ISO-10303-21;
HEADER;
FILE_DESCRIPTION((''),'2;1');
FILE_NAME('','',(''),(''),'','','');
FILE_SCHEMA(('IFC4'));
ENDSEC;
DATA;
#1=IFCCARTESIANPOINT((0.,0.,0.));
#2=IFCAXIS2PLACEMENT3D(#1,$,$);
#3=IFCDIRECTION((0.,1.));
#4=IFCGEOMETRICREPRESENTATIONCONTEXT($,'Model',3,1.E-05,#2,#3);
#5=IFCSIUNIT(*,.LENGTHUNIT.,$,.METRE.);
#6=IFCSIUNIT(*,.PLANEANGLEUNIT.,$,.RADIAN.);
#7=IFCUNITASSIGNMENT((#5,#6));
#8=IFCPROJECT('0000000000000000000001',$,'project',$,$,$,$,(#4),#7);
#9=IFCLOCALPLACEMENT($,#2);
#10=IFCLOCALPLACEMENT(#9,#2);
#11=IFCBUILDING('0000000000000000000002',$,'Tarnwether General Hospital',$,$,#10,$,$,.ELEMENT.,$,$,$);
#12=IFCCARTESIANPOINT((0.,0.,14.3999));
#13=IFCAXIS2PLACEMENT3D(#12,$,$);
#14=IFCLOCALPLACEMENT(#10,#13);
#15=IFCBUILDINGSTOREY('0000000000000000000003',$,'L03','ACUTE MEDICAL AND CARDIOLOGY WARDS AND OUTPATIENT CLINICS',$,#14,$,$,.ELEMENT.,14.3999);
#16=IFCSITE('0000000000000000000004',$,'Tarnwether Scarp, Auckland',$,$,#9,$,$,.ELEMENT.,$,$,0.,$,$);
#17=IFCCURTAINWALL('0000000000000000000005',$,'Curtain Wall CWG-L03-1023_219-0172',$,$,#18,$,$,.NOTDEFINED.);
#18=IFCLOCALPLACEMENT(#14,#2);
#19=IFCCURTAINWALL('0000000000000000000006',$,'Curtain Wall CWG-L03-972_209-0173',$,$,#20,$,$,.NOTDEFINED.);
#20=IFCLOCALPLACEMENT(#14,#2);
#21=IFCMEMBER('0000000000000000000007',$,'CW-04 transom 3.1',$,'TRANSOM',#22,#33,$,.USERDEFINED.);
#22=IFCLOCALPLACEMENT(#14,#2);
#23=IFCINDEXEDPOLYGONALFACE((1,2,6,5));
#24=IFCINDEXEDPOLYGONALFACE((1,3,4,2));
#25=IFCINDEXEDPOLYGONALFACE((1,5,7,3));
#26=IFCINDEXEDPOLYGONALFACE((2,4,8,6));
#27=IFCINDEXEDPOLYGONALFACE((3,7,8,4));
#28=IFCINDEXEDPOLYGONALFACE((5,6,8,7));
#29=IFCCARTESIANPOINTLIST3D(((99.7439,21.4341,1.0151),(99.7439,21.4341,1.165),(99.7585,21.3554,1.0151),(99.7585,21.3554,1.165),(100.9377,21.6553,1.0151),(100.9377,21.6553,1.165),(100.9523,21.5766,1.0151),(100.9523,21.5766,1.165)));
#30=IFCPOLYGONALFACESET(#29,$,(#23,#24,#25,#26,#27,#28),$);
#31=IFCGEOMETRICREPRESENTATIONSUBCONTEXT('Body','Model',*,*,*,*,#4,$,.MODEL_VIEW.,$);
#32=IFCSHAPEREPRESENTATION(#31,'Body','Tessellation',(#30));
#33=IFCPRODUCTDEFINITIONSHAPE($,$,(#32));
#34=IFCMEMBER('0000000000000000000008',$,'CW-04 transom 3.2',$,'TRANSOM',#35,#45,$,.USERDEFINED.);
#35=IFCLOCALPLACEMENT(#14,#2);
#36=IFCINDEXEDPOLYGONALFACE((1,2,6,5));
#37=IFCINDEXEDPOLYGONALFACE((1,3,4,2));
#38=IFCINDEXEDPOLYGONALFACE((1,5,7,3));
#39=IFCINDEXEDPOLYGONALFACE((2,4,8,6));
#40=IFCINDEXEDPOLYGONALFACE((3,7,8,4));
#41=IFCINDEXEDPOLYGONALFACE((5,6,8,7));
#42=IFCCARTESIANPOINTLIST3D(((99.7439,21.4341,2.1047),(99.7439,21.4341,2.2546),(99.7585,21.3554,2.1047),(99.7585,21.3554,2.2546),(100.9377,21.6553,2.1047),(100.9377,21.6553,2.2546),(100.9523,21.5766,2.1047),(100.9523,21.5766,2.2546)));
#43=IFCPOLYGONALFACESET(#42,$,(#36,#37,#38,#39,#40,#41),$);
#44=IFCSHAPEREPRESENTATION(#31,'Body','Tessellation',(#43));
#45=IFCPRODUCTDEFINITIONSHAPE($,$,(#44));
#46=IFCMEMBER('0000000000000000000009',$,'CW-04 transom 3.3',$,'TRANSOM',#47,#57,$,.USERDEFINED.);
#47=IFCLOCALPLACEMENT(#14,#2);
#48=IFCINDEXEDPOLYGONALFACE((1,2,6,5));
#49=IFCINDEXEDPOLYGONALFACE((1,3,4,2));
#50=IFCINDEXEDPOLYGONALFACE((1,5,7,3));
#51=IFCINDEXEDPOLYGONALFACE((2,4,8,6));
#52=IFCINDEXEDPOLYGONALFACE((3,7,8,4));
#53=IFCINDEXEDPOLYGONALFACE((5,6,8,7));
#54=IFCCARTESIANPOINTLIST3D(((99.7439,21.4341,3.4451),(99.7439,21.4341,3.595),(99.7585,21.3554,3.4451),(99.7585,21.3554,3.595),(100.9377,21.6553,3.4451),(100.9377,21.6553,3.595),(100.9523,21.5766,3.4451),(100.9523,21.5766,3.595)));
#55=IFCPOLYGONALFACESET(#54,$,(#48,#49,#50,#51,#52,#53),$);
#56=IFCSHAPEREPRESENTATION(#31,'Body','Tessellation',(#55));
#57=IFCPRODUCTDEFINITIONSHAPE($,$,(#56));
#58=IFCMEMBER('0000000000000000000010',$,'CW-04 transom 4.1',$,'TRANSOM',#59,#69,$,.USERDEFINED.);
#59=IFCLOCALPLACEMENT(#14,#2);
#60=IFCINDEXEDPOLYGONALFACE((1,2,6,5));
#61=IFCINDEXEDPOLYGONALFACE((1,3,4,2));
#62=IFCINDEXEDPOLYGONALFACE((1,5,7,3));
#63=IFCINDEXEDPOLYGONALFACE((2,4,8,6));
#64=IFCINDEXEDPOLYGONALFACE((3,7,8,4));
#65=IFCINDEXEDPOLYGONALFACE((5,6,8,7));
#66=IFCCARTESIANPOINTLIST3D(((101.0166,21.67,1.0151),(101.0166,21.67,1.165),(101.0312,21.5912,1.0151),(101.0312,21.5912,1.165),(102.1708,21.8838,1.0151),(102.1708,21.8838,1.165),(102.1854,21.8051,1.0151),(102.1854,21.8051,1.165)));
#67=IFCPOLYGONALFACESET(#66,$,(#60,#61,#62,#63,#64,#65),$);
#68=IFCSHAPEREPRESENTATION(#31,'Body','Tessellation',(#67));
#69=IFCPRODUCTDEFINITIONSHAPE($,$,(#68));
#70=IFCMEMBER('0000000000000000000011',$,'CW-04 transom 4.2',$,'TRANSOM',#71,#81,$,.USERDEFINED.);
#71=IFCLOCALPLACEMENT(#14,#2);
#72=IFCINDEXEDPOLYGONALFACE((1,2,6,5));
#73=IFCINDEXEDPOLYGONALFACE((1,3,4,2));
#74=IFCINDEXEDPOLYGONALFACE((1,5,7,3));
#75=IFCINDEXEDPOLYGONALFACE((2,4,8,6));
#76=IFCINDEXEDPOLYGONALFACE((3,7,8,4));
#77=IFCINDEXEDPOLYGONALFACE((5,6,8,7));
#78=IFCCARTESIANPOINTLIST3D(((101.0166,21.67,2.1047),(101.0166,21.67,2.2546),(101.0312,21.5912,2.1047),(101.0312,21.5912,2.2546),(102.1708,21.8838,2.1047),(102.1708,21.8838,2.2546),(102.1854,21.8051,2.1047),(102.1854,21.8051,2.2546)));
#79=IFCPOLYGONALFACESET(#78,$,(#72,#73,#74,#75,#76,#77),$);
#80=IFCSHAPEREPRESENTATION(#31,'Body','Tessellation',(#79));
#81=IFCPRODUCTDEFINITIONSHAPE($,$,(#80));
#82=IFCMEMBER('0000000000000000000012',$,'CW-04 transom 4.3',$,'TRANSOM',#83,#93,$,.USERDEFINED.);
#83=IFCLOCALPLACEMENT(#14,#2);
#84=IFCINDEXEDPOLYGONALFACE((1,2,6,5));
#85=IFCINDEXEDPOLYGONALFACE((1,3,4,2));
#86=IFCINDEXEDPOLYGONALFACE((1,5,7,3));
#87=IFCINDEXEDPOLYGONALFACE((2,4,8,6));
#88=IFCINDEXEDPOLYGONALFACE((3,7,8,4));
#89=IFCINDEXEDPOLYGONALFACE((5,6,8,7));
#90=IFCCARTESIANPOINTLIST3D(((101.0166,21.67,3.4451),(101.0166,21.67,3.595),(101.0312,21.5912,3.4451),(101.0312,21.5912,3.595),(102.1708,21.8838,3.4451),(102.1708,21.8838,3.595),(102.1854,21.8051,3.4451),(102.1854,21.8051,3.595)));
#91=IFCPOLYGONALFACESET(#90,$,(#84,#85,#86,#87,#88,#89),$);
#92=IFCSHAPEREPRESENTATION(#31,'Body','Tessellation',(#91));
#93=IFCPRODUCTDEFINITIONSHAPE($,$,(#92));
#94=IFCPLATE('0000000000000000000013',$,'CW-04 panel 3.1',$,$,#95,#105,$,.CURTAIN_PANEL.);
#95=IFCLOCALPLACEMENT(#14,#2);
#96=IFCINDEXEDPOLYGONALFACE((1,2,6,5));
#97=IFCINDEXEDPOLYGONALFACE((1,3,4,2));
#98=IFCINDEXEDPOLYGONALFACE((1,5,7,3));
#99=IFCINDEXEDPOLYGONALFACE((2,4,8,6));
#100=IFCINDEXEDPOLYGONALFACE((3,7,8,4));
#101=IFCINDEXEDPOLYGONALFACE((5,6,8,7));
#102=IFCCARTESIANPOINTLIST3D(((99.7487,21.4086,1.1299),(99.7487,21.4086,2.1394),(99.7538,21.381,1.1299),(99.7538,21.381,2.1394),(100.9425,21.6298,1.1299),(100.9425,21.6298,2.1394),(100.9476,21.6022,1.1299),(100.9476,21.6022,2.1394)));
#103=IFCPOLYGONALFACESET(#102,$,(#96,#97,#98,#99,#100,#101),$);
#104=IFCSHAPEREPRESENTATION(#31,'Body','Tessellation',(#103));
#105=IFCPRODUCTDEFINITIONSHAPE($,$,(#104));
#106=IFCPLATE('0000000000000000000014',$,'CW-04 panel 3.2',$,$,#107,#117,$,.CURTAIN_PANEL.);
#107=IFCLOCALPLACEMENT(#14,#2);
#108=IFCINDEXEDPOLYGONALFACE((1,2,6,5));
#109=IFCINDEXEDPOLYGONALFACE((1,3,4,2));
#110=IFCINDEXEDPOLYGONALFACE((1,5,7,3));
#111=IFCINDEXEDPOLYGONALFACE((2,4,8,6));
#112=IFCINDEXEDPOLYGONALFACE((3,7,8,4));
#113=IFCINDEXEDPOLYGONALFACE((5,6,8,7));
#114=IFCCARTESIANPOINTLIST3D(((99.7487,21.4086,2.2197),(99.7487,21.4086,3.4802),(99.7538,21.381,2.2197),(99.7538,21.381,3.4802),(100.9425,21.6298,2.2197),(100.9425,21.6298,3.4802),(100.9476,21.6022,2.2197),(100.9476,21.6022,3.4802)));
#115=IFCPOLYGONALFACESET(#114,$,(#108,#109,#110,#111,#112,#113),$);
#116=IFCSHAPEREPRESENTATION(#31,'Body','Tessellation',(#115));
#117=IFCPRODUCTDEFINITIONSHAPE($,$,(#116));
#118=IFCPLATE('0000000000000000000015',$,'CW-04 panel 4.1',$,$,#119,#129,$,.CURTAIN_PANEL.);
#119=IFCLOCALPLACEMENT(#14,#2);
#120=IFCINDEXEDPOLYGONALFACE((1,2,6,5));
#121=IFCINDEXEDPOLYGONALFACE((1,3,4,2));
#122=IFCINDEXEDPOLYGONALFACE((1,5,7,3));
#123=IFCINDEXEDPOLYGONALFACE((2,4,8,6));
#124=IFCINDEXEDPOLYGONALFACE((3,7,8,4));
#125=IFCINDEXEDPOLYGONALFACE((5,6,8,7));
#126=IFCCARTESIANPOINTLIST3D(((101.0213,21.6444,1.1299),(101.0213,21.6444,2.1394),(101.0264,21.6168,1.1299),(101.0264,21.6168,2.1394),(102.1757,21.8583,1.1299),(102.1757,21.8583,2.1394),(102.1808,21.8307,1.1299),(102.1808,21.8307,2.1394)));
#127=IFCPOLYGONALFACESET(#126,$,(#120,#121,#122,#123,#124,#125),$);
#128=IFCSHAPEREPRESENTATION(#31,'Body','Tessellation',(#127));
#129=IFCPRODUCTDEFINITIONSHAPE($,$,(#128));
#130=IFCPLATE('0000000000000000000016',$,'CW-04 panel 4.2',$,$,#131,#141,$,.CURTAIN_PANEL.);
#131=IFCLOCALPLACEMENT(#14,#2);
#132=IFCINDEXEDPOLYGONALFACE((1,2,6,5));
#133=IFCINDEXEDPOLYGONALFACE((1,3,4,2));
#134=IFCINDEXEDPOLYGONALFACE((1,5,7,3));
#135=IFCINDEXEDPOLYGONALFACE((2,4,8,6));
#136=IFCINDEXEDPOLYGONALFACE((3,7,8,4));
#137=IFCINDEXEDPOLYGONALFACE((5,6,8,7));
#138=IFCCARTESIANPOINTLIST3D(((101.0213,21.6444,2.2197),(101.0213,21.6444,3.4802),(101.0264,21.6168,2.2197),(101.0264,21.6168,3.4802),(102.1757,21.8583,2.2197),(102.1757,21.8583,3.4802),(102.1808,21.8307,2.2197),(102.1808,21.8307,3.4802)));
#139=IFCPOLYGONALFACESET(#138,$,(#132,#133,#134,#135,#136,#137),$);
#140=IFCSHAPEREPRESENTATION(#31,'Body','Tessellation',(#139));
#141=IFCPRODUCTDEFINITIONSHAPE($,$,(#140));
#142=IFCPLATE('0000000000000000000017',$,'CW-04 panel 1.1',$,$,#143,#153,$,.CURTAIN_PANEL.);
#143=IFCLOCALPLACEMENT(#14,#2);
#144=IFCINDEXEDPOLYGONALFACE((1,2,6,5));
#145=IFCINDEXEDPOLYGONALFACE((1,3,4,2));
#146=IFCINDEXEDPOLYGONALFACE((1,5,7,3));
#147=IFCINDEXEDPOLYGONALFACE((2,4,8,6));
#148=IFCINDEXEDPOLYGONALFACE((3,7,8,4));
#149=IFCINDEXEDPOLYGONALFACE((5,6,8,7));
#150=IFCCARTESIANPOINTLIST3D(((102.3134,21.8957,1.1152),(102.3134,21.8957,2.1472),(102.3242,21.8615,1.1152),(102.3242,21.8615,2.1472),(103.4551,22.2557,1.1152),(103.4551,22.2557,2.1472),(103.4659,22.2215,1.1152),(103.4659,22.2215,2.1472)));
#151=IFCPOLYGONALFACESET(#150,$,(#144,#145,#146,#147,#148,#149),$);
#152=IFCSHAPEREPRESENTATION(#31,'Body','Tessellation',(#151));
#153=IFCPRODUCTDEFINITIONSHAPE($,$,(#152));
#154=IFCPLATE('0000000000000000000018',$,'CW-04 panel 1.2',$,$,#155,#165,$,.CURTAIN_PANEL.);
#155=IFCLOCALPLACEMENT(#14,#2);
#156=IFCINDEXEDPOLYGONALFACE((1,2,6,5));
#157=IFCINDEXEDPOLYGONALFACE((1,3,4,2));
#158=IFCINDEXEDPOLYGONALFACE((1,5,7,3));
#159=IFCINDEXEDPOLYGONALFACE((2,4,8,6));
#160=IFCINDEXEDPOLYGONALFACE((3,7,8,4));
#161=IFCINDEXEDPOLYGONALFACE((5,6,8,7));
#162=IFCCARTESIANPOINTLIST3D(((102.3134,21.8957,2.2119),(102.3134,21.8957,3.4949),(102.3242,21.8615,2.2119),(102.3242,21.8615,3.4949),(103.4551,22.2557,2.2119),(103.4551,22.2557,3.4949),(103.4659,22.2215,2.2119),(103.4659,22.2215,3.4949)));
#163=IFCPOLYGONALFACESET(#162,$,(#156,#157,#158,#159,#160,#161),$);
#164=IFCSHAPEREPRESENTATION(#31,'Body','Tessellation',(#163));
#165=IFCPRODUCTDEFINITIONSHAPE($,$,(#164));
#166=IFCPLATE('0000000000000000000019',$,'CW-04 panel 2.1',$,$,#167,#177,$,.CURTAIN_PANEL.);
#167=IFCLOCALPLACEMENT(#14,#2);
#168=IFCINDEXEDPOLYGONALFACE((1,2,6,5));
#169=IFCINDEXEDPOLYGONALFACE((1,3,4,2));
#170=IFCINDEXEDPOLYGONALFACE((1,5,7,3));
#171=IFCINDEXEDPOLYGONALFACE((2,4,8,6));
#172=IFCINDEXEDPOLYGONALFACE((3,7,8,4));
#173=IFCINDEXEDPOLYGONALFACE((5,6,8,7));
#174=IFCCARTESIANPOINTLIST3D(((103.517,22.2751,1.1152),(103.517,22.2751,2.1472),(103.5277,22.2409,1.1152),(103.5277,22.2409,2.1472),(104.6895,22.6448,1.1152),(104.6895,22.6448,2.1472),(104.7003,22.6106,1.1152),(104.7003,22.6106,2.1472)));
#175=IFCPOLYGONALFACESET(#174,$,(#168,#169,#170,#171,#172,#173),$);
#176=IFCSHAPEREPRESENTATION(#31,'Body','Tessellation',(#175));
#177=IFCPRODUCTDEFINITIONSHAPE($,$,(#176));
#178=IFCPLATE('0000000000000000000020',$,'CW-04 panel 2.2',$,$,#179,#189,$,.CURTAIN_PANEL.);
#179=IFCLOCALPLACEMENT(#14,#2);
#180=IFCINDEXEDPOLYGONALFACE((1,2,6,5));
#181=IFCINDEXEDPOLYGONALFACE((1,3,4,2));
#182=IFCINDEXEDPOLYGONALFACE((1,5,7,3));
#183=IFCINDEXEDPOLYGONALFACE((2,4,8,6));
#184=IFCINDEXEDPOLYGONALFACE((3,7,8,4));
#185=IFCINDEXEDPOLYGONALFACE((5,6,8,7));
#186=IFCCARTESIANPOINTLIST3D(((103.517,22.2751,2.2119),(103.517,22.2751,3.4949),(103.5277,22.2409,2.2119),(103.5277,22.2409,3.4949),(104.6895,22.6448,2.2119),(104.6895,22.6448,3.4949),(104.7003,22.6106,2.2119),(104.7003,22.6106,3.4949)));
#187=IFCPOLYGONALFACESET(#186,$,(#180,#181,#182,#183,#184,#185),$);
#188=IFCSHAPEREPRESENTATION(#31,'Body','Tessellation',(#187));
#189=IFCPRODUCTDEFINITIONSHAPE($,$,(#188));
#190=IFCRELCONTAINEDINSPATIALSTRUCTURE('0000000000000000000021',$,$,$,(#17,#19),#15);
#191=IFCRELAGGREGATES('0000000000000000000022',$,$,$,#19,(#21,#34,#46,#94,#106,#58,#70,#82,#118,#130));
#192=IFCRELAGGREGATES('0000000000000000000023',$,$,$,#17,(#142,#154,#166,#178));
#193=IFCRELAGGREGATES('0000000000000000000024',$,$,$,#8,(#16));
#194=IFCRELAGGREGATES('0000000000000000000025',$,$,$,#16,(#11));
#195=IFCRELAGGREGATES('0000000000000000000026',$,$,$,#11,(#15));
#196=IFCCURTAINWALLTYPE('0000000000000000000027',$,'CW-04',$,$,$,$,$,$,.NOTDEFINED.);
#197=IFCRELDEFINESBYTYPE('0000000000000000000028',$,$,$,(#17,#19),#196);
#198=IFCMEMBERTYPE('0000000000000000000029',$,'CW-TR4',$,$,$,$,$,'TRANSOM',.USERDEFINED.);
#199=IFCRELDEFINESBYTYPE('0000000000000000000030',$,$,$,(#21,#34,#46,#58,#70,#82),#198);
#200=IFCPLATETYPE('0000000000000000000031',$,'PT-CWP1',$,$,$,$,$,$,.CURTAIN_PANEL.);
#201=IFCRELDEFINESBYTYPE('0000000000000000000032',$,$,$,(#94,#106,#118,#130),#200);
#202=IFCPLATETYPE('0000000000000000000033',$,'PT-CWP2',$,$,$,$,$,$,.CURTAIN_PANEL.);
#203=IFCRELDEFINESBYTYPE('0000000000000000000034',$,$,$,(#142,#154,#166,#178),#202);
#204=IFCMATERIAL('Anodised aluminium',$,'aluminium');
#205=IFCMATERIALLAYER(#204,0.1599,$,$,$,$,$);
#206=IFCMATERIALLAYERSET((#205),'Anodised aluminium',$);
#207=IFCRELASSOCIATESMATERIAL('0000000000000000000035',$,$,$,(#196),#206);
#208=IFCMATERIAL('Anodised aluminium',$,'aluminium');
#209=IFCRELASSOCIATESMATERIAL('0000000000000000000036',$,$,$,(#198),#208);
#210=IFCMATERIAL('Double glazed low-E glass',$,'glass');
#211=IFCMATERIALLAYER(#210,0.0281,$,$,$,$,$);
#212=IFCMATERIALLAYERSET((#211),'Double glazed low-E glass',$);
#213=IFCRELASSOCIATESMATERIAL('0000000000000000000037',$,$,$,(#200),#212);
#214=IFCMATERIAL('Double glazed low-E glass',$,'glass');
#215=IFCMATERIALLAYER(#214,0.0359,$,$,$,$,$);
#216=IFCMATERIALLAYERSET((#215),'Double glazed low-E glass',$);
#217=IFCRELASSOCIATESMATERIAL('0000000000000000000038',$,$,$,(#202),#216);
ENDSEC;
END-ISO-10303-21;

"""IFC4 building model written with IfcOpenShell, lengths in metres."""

from ifc_helpers import new_model, si_unit, direction, frame, origin, origin_2d, place, context, subcontext, project, spatial, rectangle, extrude, material, layer, layer_set, material_profile, profile_set, type_object, element, aggregate, save


model = new_model("IFC4")

# Units and contexts
model_context = context("Model", 3, precision=1e-05, world=origin(), true_north=direction((0.0, 1.0)))
body_context = subcontext(model_context, "Body", "Model", "MODEL_VIEW")
ifc_project = project(units=[si_unit("LENGTHUNIT", "METRE"), si_unit("PLANEANGLEUNIT", "RADIAN")], contexts=[model_context])

# Site, building, storey
site_placement = place(None, origin())
site = spatial("IfcSite", under=ifc_project, at=site_placement, Name="Tarnwether Scarp, Auckland", CompositionType="ELEMENT", RefElevation=0.0)
building_placement = place(site_placement, origin())
building = spatial("IfcBuilding", under=site, at=building_placement, Name="Tarnwether General Hospital", CompositionType="ELEMENT")
storey_placement = place(building_placement, frame((0.0, 0.0, 14.3999)))
storey = spatial("IfcBuildingStorey", under=building, at=storey_placement, Name="L03", Description="ACUTE MEDICAL AND CARDIOLOGY WARDS AND OUTPATIENT CLINICS", CompositionType="ELEMENT", Elevation=14.3999)

# Curtain walls
ifc_material_1 = material(Name="Anodised aluminium", Category="aluminium")
ifc_layer_1 = layer(ifc_material_1, 0.1599)
ifc_layer_set_1 = layer_set([ifc_layer_1], Name="Anodised aluminium")
curtain_wall_type = type_object("IfcCurtainWallType", Name="CW-04", PredefinedType="NOTDEFINED", material=ifc_layer_set_1)
curtain_wall_1_placement = place(storey_placement, origin())
curtain_wall_1 = element("IfcCurtainWall", 1, at=curtain_wall_1_placement, inside=storey, type_object=curtain_wall_type, Name="Curtain Wall CWG-L03-1023_219-0172", PredefinedType="NOTDEFINED")
curtain_wall_2_placement = place(storey_placement, origin())
curtain_wall_2 = element("IfcCurtainWall", 2, at=curtain_wall_2_placement, inside=storey, type_object=curtain_wall_type, Name="Curtain Wall CWG-L03-972_209-0173", PredefinedType="NOTDEFINED")

# Members
ifc_material_2 = material(Name="Anodised aluminium", Category="aluminium")
ifc_material_profile_1 = material_profile(ifc_material_2, rectangle(XDim=0.0801, YDim=0.1499, at=origin_2d()), Name="ALU-TRN-80x150")
ifc_profile_set_1 = profile_set([ifc_material_profile_1], Name="Anodised aluminium")
member_type_1 = type_object("IfcMemberType", Name="CW-TR4", ElementType="TRANSOM", PredefinedType="USERDEFINED", material=ifc_profile_set_1)
member_1_placement = place(storey_placement, frame((99.7512, 21.3948, 1.0901), z_axis=(0.983266, 0.182176, 0.0), x_axis=(-0.182176, 0.983266, 0.0)))
member_1 = element("IfcMember", 3, at=member_1_placement, type_object=member_type_1, Name="CW-04 transom 3.1", ObjectType="TRANSOM", PredefinedType="USERDEFINED", context=body_context, shape_type="SweptSolid", body=[
    extrude(rectangle(XDim=0.0801, YDim=0.1499, at=origin_2d()), origin(), (0.0, 0.0, 1.0), 1.2141),
])
member_2_placement = place(storey_placement, frame((99.7512, 21.3948, 2.1797), z_axis=(0.983266, 0.182176, 0.0), x_axis=(-0.182176, 0.983266, 0.0)))
member_2 = element("IfcMember", 4, at=member_2_placement, type_object=member_type_1, Name="CW-04 transom 3.2", ObjectType="TRANSOM", PredefinedType="USERDEFINED", context=body_context, shape_type="SweptSolid", body=[
    extrude(rectangle(XDim=0.0801, YDim=0.1499, at=origin_2d()), origin(), (0.0, 0.0, 1.0), 1.2141),
])
member_3_placement = place(storey_placement, frame((99.7512, 21.3948, 3.52), z_axis=(0.983266, 0.182176, 0.0), x_axis=(-0.182176, 0.983266, 0.0)))
member_3 = element("IfcMember", 5, at=member_3_placement, type_object=member_type_1, Name="CW-04 transom 3.3", ObjectType="TRANSOM", PredefinedType="USERDEFINED", context=body_context, shape_type="SweptSolid", body=[
    extrude(rectangle(XDim=0.0801, YDim=0.1499, at=origin_2d()), origin(), (0.0, 0.0, 1.0), 1.2141),
])
member_4_placement = place(storey_placement, frame((101.0239, 21.6306, 1.0901), z_axis=(0.983265, 0.182179, 0.0), x_axis=(-0.182179, 0.983265, 0.0)))
member_4 = element("IfcMember", 6, at=member_4_placement, type_object=member_type_1, Name="CW-04 transom 4.1", ObjectType="TRANSOM", PredefinedType="USERDEFINED", context=body_context, shape_type="SweptSolid", body=[
    extrude(rectangle(XDim=0.0801, YDim=0.1499, at=origin_2d()), origin(), (0.0, 0.0, 1.0), 1.1738),
])
member_5_placement = place(storey_placement, frame((101.0239, 21.6306, 2.1797), z_axis=(0.983265, 0.182179, 0.0), x_axis=(-0.182179, 0.983265, 0.0)))
member_5 = element("IfcMember", 7, at=member_5_placement, type_object=member_type_1, Name="CW-04 transom 4.2", ObjectType="TRANSOM", PredefinedType="USERDEFINED", context=body_context, shape_type="SweptSolid", body=[
    extrude(rectangle(XDim=0.0801, YDim=0.1499, at=origin_2d()), origin(), (0.0, 0.0, 1.0), 1.1738),
])
member_6_placement = place(storey_placement, frame((101.0239, 21.6306, 3.52), z_axis=(0.983265, 0.182179, 0.0), x_axis=(-0.182179, 0.983265, 0.0)))
member_6 = element("IfcMember", 8, at=member_6_placement, type_object=member_type_1, Name="CW-04 transom 4.3", ObjectType="TRANSOM", PredefinedType="USERDEFINED", context=body_context, shape_type="SweptSolid", body=[
    extrude(rectangle(XDim=0.0801, YDim=0.1499, at=origin_2d()), origin(), (0.0, 0.0, 1.0), 1.1738),
])

# Plates
ifc_material_3 = material(Name="Double glazed low-E glass", Category="glass")
ifc_layer_2 = layer(ifc_material_3, 0.0281)
ifc_layer_set_2 = layer_set([ifc_layer_2], Name="Double glazed low-E glass")
plate_type_1 = type_object("IfcPlateType", Name="PT-CWP1", PredefinedType="CURTAIN_PANEL", material=ifc_layer_set_2)
plate_1_placement = place(storey_placement, frame((100.3481, 21.5054, 1.1299), z_axis=(0.0, 0.0, 1.0), x_axis=(0.983268, 0.182165, 0.0)))
plate_1 = element("IfcPlate", 9, at=plate_1_placement, type_object=plate_type_1, Name="CW-04 panel 3.1", PredefinedType="CURTAIN_PANEL", context=body_context, shape_type="SweptSolid", body=[
    extrude(rectangle(XDim=1.2141, YDim=0.0281, at=origin_2d()), origin(), (0.0, 0.0, 1.0), 1.0095),
])
plate_2_placement = place(storey_placement, frame((100.3481, 21.5054, 2.2197), z_axis=(0.0, 0.0, 1.0), x_axis=(0.983268, 0.182165, 0.0)))
plate_2 = element("IfcPlate", 10, at=plate_2_placement, type_object=plate_type_1, Name="CW-04 panel 3.2", PredefinedType="CURTAIN_PANEL", context=body_context, shape_type="SweptSolid", body=[
    extrude(rectangle(XDim=1.2141, YDim=0.0281, at=origin_2d()), origin(), (0.0, 0.0, 1.0), 1.2605),
])
plate_3_placement = place(storey_placement, frame((101.6011, 21.7375, 1.1299), z_axis=(0.0, 0.0, 1.0), x_axis=(0.983268, 0.182165, 0.0)))
plate_3 = element("IfcPlate", 11, at=plate_3_placement, type_object=plate_type_1, Name="CW-04 panel 4.1", PredefinedType="CURTAIN_PANEL", context=body_context, shape_type="SweptSolid", body=[
    extrude(rectangle(XDim=1.1741, YDim=0.0281, at=origin_2d()), origin(), (0.0, 0.0, 1.0), 1.0095),
])
plate_4_placement = place(storey_placement, frame((101.6011, 21.7375, 2.2197), z_axis=(0.0, 0.0, 1.0), x_axis=(0.983268, 0.182165, 0.0)))
plate_4 = element("IfcPlate", 12, at=plate_4_placement, type_object=plate_type_1, Name="CW-04 panel 4.2", PredefinedType="CURTAIN_PANEL", context=body_context, shape_type="SweptSolid", body=[
    extrude(rectangle(XDim=1.1741, YDim=0.0281, at=origin_2d()), origin(), (0.0, 0.0, 1.0), 1.2605),
])
aggregate(curtain_wall_2, [member_1, member_2, member_3, plate_1, plate_2, member_4, member_5, member_6, plate_3, plate_4])
ifc_material_4 = material(Name="Double glazed low-E glass", Category="glass")
ifc_layer_3 = layer(ifc_material_4, 0.0359)
ifc_layer_set_3 = layer_set([ifc_layer_3], Name="Double glazed low-E glass")
plate_type_2 = type_object("IfcPlateType", Name="PT-CWP2", PredefinedType="CURTAIN_PANEL", material=ifc_layer_set_3)
plate_5_placement = place(storey_placement, frame((102.8896, 22.0586, 1.1152), z_axis=(0.0, 0.0, 1.0), x_axis=(0.953714, 0.300715, 0.0)))
plate_5 = element("IfcPlate", 13, at=plate_5_placement, type_object=plate_type_2, Name="CW-04 panel 1.1", PredefinedType="CURTAIN_PANEL", context=body_context, shape_type="SweptSolid", body=[
    extrude(rectangle(XDim=1.197, YDim=0.0359, at=origin_2d()), origin(), (0.0, 0.0, 1.0), 1.032),
])
plate_6_placement = place(storey_placement, frame((102.8896, 22.0586, 2.2119), z_axis=(0.0, 0.0, 1.0), x_axis=(0.953714, 0.300715, 0.0)))
plate_6 = element("IfcPlate", 14, at=plate_6_placement, type_object=plate_type_2, Name="CW-04 panel 1.2", PredefinedType="CURTAIN_PANEL", context=body_context, shape_type="SweptSolid", body=[
    extrude(rectangle(XDim=1.197, YDim=0.0359, at=origin_2d()), origin(), (0.0, 0.0, 1.0), 1.283),
])
plate_7_placement = place(storey_placement, frame((104.1086, 22.4429, 1.1152), z_axis=(0.0, 0.0, 1.0), x_axis=(0.953714, 0.300715, 0.0)))
plate_7 = element("IfcPlate", 15, at=plate_7_placement, type_object=plate_type_2, Name="CW-04 panel 2.1", PredefinedType="CURTAIN_PANEL", context=body_context, shape_type="SweptSolid", body=[
    extrude(rectangle(XDim=1.2295, YDim=0.0359, at=origin_2d()), origin(), (0.0, 0.0, 1.0), 1.032),
])
plate_8_placement = place(storey_placement, frame((104.1086, 22.4429, 2.2119), z_axis=(0.0, 0.0, 1.0), x_axis=(0.953714, 0.300715, 0.0)))
plate_8 = element("IfcPlate", 16, at=plate_8_placement, type_object=plate_type_2, Name="CW-04 panel 2.2", PredefinedType="CURTAIN_PANEL", context=body_context, shape_type="SweptSolid", body=[
    extrude(rectangle(XDim=1.2295, YDim=0.0359, at=origin_2d()), origin(), (0.0, 0.0, 1.0), 1.283),
])
aggregate(curtain_wall_1, [plate_5, plate_6, plate_7, plate_8])

save(model, "model.ifc")
